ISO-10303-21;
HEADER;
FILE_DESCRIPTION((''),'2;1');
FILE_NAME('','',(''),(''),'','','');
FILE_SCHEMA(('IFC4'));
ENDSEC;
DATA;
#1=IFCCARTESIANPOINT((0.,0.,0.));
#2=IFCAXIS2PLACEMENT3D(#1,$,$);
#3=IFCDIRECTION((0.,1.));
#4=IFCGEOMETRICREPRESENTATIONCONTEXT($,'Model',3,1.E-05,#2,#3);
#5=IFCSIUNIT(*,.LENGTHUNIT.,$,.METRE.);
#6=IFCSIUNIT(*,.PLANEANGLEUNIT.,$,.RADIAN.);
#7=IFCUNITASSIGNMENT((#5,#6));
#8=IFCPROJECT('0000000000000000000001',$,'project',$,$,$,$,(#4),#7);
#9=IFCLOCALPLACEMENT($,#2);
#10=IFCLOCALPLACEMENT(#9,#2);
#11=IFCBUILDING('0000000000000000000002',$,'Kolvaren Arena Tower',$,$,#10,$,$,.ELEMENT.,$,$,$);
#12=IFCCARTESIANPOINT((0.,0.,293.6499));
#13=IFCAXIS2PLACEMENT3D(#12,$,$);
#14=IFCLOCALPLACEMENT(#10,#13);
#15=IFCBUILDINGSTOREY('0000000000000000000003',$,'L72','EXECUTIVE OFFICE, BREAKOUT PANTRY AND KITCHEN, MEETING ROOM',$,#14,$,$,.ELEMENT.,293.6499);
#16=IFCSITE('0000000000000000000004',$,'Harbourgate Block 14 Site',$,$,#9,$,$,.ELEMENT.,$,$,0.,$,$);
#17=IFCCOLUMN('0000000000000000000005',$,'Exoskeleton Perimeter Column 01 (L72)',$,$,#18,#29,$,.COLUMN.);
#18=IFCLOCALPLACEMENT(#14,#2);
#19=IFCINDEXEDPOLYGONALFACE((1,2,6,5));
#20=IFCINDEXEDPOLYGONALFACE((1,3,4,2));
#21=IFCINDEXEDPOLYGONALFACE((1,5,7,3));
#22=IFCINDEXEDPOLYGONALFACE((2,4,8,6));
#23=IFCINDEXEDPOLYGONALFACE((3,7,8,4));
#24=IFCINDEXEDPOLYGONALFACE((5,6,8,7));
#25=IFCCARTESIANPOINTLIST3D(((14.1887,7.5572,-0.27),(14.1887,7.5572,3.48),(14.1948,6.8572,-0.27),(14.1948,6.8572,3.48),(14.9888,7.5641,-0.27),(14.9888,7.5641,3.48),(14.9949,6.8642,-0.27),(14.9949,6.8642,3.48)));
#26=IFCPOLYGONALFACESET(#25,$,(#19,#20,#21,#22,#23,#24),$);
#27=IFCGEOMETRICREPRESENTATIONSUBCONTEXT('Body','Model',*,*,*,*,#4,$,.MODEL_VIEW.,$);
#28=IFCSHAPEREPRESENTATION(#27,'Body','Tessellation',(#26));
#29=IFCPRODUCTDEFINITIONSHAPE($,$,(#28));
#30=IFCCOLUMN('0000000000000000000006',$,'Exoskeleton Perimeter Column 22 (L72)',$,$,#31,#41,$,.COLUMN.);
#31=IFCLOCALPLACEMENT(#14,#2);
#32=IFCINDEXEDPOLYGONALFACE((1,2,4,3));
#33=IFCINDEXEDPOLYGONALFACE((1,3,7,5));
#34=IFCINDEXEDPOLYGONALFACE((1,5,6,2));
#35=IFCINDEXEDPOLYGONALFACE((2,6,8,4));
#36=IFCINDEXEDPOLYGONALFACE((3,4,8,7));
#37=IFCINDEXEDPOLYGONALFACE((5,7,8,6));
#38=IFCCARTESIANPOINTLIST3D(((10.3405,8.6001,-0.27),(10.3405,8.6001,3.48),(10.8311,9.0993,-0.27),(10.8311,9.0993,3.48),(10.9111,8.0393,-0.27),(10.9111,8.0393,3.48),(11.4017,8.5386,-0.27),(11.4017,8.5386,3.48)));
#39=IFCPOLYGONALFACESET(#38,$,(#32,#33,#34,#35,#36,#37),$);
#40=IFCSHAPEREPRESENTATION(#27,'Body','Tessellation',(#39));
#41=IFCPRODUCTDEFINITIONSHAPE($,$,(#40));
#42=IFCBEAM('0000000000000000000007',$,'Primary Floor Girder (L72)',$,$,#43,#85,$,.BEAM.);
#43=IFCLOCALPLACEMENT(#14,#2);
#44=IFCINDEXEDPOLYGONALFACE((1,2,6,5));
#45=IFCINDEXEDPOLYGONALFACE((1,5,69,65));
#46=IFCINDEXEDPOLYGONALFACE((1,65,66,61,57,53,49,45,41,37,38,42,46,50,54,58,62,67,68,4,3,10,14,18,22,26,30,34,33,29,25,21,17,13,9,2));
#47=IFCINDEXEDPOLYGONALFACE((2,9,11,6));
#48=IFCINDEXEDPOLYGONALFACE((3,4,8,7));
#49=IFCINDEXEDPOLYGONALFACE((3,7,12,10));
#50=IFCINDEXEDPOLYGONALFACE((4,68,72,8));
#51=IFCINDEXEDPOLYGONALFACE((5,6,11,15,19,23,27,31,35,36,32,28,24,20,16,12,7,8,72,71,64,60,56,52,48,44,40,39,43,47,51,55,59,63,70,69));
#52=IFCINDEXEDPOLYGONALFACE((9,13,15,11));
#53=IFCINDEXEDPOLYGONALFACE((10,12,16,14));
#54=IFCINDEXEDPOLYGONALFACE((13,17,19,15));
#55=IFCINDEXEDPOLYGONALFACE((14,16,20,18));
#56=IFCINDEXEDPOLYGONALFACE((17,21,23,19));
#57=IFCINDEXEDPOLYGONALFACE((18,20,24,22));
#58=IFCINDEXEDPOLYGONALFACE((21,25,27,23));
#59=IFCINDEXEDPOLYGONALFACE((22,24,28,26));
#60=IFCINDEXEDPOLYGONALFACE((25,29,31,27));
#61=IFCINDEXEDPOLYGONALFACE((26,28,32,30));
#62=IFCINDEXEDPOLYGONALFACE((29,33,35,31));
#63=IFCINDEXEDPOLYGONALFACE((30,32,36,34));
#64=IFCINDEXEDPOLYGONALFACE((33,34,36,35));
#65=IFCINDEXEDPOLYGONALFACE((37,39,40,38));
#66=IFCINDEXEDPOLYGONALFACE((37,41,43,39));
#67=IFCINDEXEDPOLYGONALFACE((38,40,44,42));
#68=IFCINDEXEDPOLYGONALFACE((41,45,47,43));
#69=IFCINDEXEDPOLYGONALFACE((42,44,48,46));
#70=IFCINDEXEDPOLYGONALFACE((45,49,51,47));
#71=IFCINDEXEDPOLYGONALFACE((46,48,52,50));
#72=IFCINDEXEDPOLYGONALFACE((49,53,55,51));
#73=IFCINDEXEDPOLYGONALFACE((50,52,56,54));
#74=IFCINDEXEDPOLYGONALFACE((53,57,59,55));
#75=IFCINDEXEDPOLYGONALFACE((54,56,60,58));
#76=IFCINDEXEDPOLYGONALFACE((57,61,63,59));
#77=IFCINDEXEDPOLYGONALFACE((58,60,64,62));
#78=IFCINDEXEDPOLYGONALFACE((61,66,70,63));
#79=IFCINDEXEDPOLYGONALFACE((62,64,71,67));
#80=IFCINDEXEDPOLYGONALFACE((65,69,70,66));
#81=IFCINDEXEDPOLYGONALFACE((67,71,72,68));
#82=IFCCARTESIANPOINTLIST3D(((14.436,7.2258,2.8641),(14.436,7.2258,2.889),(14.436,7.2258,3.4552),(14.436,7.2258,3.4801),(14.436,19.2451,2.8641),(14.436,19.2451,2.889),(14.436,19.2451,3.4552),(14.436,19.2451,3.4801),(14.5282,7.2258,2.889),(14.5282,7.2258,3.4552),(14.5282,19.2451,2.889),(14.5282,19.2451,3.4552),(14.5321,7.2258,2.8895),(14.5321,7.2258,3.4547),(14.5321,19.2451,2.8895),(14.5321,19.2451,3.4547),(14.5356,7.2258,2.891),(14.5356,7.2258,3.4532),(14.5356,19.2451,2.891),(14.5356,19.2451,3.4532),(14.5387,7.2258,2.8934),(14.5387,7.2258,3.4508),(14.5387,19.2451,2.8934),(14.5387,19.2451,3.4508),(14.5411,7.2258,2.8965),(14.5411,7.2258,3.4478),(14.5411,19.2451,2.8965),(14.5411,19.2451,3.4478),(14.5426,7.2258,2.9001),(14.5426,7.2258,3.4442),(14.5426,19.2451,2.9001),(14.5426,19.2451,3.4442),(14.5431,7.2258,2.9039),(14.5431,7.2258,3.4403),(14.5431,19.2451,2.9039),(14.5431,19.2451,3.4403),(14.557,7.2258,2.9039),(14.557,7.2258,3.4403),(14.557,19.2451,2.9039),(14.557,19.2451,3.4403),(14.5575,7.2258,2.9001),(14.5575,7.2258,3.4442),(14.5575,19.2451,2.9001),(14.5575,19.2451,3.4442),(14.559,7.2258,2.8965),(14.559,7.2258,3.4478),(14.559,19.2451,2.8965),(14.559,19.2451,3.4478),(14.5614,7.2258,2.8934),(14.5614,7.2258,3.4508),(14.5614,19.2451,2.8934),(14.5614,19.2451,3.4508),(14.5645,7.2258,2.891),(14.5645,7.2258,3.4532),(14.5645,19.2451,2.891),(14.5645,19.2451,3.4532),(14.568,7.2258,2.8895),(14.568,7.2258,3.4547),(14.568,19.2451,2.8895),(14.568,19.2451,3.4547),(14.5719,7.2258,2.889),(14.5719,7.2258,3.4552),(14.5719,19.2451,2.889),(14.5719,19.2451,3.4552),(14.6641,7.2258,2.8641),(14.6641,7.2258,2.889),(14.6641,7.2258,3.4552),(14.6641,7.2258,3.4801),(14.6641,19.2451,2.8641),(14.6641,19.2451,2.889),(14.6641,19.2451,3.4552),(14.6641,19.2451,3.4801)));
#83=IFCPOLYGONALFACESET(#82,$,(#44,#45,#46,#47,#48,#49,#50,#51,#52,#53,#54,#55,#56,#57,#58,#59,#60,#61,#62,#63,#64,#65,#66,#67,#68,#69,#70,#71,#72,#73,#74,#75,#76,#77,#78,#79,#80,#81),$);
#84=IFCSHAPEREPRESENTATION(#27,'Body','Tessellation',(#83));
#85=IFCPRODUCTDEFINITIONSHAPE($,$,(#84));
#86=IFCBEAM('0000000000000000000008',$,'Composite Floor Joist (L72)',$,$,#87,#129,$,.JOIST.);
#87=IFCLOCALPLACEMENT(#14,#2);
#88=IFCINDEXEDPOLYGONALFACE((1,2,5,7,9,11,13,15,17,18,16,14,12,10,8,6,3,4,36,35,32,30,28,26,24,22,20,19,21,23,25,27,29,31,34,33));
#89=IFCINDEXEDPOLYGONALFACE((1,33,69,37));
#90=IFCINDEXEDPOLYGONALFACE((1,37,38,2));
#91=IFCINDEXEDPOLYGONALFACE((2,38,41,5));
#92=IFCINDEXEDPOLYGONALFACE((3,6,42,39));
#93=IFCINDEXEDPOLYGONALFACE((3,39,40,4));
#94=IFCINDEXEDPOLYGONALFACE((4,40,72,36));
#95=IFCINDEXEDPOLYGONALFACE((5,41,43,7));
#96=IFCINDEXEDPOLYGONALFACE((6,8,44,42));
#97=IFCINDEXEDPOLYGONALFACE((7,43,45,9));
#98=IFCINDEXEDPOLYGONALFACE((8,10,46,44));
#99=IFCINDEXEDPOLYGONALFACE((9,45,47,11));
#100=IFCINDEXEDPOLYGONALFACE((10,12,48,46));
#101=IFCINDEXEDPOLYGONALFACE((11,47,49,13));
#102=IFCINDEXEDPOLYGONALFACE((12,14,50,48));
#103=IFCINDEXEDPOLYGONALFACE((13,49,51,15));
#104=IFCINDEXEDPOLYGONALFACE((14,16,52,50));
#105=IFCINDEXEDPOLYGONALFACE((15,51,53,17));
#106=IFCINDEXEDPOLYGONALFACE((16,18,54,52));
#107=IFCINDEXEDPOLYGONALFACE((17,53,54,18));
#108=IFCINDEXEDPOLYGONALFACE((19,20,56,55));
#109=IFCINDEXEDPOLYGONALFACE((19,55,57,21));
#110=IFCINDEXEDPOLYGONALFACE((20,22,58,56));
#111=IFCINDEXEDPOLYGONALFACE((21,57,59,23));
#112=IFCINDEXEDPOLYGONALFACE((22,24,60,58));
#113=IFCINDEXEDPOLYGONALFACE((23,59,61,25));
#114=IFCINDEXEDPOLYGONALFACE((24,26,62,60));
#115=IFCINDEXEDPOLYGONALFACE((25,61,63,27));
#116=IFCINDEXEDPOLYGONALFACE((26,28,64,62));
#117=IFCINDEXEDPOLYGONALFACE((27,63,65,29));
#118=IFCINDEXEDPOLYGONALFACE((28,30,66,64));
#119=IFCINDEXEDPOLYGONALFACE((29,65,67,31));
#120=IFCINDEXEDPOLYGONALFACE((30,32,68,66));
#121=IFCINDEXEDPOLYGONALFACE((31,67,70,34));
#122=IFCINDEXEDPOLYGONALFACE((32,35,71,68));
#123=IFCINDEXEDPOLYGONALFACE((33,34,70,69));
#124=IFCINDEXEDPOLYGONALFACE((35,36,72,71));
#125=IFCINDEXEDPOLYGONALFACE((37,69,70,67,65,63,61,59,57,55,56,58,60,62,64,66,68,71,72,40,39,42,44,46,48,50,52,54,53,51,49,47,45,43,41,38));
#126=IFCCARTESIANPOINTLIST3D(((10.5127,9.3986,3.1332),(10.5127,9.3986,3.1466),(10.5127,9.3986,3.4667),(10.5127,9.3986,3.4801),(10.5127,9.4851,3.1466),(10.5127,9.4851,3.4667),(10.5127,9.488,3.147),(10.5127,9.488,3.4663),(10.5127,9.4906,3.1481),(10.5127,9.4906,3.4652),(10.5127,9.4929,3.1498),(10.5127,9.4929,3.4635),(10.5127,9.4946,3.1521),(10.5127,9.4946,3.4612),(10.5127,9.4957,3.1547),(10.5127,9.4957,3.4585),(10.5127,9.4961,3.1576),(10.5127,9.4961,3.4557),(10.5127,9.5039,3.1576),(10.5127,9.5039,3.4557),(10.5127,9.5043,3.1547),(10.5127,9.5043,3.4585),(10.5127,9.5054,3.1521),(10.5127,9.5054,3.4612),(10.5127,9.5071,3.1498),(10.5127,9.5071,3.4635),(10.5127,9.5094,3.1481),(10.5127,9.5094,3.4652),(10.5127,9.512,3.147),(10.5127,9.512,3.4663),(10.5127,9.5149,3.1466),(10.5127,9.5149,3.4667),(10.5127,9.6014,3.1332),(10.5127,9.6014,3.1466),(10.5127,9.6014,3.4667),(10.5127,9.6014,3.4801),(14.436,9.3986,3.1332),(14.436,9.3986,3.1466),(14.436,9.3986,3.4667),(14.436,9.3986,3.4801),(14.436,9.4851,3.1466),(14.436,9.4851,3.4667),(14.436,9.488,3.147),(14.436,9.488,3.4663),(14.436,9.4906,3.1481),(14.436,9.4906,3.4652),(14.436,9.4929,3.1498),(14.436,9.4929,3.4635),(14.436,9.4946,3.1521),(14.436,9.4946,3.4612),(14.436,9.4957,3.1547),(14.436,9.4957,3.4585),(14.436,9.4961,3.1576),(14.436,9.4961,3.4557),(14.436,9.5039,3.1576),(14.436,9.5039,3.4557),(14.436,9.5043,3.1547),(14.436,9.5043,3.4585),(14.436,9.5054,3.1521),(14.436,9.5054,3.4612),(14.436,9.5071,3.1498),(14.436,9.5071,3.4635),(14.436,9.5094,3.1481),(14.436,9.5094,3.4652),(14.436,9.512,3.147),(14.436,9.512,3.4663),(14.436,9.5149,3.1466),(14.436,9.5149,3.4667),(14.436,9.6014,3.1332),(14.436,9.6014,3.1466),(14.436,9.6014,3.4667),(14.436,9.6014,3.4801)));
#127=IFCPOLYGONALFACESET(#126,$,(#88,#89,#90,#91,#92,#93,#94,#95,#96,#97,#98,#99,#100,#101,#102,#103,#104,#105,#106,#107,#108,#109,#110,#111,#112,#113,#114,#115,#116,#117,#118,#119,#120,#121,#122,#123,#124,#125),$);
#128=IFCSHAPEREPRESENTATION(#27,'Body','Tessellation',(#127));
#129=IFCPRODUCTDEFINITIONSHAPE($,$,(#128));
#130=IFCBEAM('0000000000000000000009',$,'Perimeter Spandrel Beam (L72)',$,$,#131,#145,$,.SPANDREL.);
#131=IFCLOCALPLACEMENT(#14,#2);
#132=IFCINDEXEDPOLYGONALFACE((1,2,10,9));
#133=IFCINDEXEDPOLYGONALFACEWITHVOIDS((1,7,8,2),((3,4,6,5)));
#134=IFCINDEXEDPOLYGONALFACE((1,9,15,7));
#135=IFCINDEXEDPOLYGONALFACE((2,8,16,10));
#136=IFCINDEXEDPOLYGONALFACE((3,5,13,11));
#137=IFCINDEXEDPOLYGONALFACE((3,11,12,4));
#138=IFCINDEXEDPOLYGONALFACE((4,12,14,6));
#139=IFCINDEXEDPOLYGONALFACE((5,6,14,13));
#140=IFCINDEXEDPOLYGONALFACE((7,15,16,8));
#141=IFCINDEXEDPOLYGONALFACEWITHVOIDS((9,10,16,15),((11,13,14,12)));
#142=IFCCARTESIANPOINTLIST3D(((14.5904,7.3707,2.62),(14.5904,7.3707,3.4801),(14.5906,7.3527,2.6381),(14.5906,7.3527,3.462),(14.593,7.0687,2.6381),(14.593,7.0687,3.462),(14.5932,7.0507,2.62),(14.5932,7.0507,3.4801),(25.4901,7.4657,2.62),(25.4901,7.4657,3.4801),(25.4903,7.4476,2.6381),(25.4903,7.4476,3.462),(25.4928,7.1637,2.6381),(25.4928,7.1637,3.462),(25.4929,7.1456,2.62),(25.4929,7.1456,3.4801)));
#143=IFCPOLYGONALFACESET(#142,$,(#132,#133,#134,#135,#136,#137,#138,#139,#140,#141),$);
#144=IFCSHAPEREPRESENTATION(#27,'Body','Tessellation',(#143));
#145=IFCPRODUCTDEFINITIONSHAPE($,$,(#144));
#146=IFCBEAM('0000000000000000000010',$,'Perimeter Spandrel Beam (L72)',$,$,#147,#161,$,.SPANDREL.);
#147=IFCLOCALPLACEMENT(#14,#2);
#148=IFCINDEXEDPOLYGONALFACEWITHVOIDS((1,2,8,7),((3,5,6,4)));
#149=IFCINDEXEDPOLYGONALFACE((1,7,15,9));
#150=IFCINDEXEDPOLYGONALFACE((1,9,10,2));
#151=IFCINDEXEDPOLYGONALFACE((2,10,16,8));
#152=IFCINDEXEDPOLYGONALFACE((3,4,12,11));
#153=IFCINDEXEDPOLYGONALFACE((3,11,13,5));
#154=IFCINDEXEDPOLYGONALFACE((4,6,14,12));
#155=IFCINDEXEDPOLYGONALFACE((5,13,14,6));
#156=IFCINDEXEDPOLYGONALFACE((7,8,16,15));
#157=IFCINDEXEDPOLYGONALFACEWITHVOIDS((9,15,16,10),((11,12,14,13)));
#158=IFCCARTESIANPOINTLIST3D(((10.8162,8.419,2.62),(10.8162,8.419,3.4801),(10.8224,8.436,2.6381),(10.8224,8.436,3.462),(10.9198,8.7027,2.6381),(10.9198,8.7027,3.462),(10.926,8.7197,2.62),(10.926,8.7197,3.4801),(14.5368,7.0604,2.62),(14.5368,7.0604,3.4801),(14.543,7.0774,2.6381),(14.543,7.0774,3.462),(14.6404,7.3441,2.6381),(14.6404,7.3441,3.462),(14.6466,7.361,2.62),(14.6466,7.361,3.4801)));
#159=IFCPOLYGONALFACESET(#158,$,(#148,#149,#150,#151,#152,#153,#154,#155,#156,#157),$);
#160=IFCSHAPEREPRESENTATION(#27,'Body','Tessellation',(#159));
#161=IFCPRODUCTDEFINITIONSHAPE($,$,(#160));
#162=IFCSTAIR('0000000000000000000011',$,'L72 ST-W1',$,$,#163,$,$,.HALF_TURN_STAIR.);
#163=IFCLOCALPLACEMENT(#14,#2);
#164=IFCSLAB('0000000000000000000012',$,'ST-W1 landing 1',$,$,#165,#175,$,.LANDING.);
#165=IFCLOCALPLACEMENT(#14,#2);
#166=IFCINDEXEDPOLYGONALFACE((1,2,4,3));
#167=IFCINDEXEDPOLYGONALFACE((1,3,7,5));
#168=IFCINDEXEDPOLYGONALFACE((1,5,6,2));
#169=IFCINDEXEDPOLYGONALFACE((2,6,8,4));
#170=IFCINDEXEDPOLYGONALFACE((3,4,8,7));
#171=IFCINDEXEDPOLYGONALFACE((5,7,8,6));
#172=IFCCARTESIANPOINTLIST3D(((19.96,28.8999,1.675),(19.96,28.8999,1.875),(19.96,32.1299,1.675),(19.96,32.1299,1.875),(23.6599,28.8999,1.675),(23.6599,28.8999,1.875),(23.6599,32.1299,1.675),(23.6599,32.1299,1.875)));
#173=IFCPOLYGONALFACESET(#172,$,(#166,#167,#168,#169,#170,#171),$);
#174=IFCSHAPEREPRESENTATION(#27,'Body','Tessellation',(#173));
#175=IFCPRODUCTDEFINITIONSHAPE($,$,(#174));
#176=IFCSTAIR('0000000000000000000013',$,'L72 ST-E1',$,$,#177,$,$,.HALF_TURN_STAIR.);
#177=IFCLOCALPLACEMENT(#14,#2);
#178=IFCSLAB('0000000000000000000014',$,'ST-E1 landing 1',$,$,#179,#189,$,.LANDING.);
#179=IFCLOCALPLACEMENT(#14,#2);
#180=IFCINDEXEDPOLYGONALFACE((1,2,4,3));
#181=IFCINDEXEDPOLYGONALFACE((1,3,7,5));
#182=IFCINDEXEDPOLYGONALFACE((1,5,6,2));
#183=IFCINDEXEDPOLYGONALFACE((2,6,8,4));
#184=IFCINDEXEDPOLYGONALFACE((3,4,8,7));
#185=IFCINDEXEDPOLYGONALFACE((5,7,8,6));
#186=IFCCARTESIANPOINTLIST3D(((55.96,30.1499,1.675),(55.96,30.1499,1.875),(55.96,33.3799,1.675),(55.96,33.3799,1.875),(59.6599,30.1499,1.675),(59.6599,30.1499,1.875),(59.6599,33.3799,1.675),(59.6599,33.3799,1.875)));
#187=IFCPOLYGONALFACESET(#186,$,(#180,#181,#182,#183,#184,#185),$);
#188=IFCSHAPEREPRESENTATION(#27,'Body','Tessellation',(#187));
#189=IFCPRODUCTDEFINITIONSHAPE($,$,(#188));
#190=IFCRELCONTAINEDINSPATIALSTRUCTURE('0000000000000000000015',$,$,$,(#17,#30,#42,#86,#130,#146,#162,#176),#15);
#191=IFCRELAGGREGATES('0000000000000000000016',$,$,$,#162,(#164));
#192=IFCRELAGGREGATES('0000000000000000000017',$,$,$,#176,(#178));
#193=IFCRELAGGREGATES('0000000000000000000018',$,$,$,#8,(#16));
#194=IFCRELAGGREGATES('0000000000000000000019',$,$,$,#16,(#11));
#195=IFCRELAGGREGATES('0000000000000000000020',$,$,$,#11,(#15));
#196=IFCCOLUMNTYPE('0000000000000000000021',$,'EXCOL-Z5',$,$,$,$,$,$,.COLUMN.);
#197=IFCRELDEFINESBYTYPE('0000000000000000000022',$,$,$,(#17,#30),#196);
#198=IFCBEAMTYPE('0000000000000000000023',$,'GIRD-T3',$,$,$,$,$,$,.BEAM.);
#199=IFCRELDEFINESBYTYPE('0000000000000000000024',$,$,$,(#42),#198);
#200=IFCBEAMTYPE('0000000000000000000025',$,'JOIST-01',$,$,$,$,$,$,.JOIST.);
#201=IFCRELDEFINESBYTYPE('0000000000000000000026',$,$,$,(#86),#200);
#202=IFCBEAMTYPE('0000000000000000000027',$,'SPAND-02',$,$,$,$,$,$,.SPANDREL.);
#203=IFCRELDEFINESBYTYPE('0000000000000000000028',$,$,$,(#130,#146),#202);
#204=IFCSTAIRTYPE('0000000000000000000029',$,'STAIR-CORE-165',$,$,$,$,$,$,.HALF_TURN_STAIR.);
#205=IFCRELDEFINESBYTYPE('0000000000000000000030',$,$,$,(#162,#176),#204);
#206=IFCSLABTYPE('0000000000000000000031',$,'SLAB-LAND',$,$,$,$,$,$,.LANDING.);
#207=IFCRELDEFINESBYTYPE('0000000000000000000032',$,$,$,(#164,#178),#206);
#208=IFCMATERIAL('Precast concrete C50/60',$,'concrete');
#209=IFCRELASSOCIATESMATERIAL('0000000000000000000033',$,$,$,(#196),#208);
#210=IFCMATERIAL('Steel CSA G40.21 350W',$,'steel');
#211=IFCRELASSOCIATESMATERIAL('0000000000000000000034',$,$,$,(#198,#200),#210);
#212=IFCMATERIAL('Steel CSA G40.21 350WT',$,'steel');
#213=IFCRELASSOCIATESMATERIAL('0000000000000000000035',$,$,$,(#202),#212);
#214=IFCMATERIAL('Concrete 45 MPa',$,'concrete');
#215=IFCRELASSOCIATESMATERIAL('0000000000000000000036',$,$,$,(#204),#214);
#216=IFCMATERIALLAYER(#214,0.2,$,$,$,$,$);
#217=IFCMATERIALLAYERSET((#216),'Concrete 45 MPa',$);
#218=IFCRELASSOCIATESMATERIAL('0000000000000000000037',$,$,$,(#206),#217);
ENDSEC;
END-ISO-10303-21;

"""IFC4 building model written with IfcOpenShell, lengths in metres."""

from ifc_helpers import new_model, si_unit, direction, frame, origin, origin_2d, place, context, subcontext, project, spatial, polyline, rectangle, hollow_rectangle, i_section, outline, extrude, material, layer, layer_set, material_profile, profile_set, type_object, element, aggregate, save


model = new_model("IFC4")

# Units and contexts
model_context = context("Model", 3, precision=1e-05, world=origin(), true_north=direction((0.0, 1.0)))
body_context = subcontext(model_context, "Body", "Model", "MODEL_VIEW")
ifc_project = project(units=[si_unit("LENGTHUNIT", "METRE"), si_unit("PLANEANGLEUNIT", "RADIAN")], contexts=[model_context])

# Site, building, storey
site_placement = place(None, origin())
site = spatial("IfcSite", under=ifc_project, at=site_placement, Name="Harbourgate Block 14 Site", CompositionType="ELEMENT", RefElevation=0.0)
building_placement = place(site_placement, origin())
building = spatial("IfcBuilding", under=site, at=building_placement, Name="Kolvaren Arena Tower", CompositionType="ELEMENT")
storey_placement = place(building_placement, frame((0.0, 0.0, 293.6499)))
storey = spatial("IfcBuildingStorey", under=building, at=storey_placement, Name="L72", Description="EXECUTIVE OFFICE, BREAKOUT PANTRY AND KITCHEN, MEETING ROOM", CompositionType="ELEMENT", Elevation=293.6499)

# Columns
ifc_material_1 = material(Name="Precast concrete C50/60", Category="concrete")
ifc_material_profile_1 = material_profile(ifc_material_1, rectangle(XDim=0.8, YDim=0.7, at=origin_2d()), Name="RC-800x700")
ifc_profile_set_1 = profile_set([ifc_material_profile_1], Name="Precast concrete C50/60")
column_type = type_object("IfcColumnType", Name="EXCOL-Z5", PredefinedType="COLUMN", material=ifc_profile_set_1)
for number, where, z_axis, x_axis, name in (
    (1, (14.5918, 7.2107, -0.27), (0.0, 0.0, 1.0), (0.999962, 0.008727, 0.0), "Exoskeleton Perimeter Column 01 (L72)"),
    (2, (10.8711, 8.5693, -0.27), (0.0, 0.0, 1.0), (-0.71325, 0.700909, 0.0), "Exoskeleton Perimeter Column 22 (L72)"),
):
    element("IfcColumn", number, at=place(storey_placement, frame(where, z_axis=z_axis, x_axis=x_axis)), inside=storey, type_object=column_type, Name=name, PredefinedType="COLUMN", context=body_context, shape_type="SweptSolid", body=[
        extrude(rectangle(XDim=0.8, YDim=0.7, at=origin_2d()), origin(), (0.0, 0.0, 1.0), 3.75),
    ])

# Beams
ifc_material_2 = material(Name="Steel CSA G40.21 350W", Category="steel")
ifc_material_profile_2 = material_profile(ifc_material_2, i_section(OverallWidth=0.228, OverallDepth=0.616, WebThickness=0.0139, FlangeThickness=0.0249, FilletRadius=0.0149, at=origin_2d()), Name="W610x174")
ifc_profile_set_2 = profile_set([ifc_material_profile_2], Name="Steel CSA G40.21 350W")
beam_type_1 = type_object("IfcBeamType", Name="GIRD-T3", PredefinedType="BEAM", material=ifc_profile_set_2)
beam_1_placement = place(storey_placement, frame((14.55, 7.2258, 3.1721), z_axis=(0.0, 1.0, 0.0), x_axis=(-1.0, 0.0, 0.0)))
element("IfcBeam", 3, at=beam_1_placement, inside=storey, type_object=beam_type_1, Name="Primary Floor Girder (L72)", PredefinedType="BEAM", context=body_context, shape_type="SweptSolid", body=[
    extrude(i_section(OverallWidth=0.228, OverallDepth=0.616, WebThickness=0.0139, FlangeThickness=0.0249, FilletRadius=0.0149, at=origin_2d()), origin(), (0.0, 0.0, 1.0), 12.0193),
])
ifc_material_profile_3 = material_profile(ifc_material_2, i_section(OverallWidth=0.2029, OverallDepth=0.3469, WebThickness=0.0078, FlangeThickness=0.0134, FilletRadius=0.011, at=origin_2d()), Name="W360x64")
ifc_profile_set_3 = profile_set([ifc_material_profile_3], Name="Steel CSA G40.21 350W")
beam_type_2 = type_object("IfcBeamType", Name="JOIST-01", PredefinedType="JOIST", material=ifc_profile_set_3)
beam_2_placement = place(storey_placement, frame((10.5127, 9.5, 3.3066), z_axis=(1.0, 0.0, 0.0), x_axis=(0.0, 1.0, 0.0)))
element("IfcBeam", 4, at=beam_2_placement, inside=storey, type_object=beam_type_2, Name="Composite Floor Joist (L72)", PredefinedType="JOIST", context=body_context, shape_type="SweptSolid", body=[
    extrude(i_section(OverallWidth=0.2029, OverallDepth=0.3469, WebThickness=0.0078, FlangeThickness=0.0134, FilletRadius=0.011, at=origin_2d()), origin(), (0.0, 0.0, 1.0), 3.9233),
])
ifc_material_3 = material(Name="Steel CSA G40.21 350WT", Category="steel")
ifc_material_profile_4 = material_profile(ifc_material_3, hollow_rectangle(XDim=0.3201, YDim=0.8601, WallThickness=0.0181, at=origin_2d()), Name="HSS 860x320x18")
ifc_profile_set_4 = profile_set([ifc_material_profile_4], Name="Steel CSA G40.21 350WT")
beam_type_3 = type_object("IfcBeamType", Name="SPAND-02", PredefinedType="SPANDREL", material=ifc_profile_set_4)
beam_3_placement = place(storey_placement, frame((14.5918, 7.2107, 3.05), z_axis=(0.999962, 0.008713, 0.0), x_axis=(-0.008713, 0.999962, 0.0)))
element("IfcBeam", 5, at=beam_3_placement, inside=storey, type_object=beam_type_3, Name="Perimeter Spandrel Beam (L72)", PredefinedType="SPANDREL", context=body_context, shape_type="SweptSolid", body=[
    extrude(hollow_rectangle(XDim=0.3201, YDim=0.8601, WallThickness=0.0181, at=origin_2d()), origin(), (0.0, 0.0, 1.0), 10.9001),
])
beam_4_placement = place(storey_placement, frame((10.8711, 8.5693, 3.05), z_axis=(0.939334, -0.343005, 0.0), x_axis=(0.343005, 0.939334, 0.0)))
element("IfcBeam", 6, at=beam_4_placement, inside=storey, type_object=beam_type_3, Name="Perimeter Spandrel Beam (L72)", PredefinedType="SPANDREL", context=body_context, shape_type="SweptSolid", body=[
    extrude(hollow_rectangle(XDim=0.3201, YDim=0.8601, WallThickness=0.0181, at=origin_2d()), origin(), (0.0, 0.0, 1.0), 3.9609),
])

# Stairs, slabs
ifc_material_4 = material(Name="Concrete 45 MPa", Category="concrete")
stair_type_1 = type_object("IfcStairType", Name="STAIR-CORE-165", PredefinedType="HALF_TURN_STAIR", material=ifc_material_4)
stair_1_placement = place(storey_placement, origin())
stair_1 = element("IfcStair", 7, at=stair_1_placement, inside=storey, type_object=stair_type_1, Name="L72 ST-W1", PredefinedType="HALF_TURN_STAIR")
ifc_layer_1 = layer(ifc_material_4, 0.2)
ifc_layer_set_1 = layer_set([ifc_layer_1], Name="Concrete 45 MPa")
slab_type_1 = type_object("IfcSlabType", Name="SLAB-LAND", PredefinedType="LANDING", material=ifc_layer_set_1)
slab_1_placement = place(storey_placement, frame((0.0, 0.0, 1.675)))
slab_1 = element("IfcSlab", 8, at=slab_1_placement, type_object=slab_type_1, Name="ST-W1 landing 1", PredefinedType="LANDING", context=body_context, shape_type="SweptSolid", body=[
    extrude(outline(polyline([(19.96, 28.8999), (23.6599, 28.8999), (23.6599, 32.1299), (19.96, 32.1299), (19.96, 28.8999)])), origin(), (0.0, 0.0, 1.0), 0.2),
])
aggregate(stair_1, [slab_1])
stair_2_placement = place(storey_placement, origin())
stair_2 = element("IfcStair", 9, at=stair_2_placement, inside=storey, type_object=stair_type_1, Name="L72 ST-E1", PredefinedType="HALF_TURN_STAIR")
slab_2_placement = place(storey_placement, frame((0.0, 0.0, 1.675)))
slab_2 = element("IfcSlab", 10, at=slab_2_placement, type_object=slab_type_1, Name="ST-E1 landing 1", PredefinedType="LANDING", context=body_context, shape_type="SweptSolid", body=[
    extrude(outline(polyline([(55.96, 30.1499), (59.6599, 30.1499), (59.6599, 33.3799), (55.96, 33.3799), (55.96, 30.1499)])), origin(), (0.0, 0.0, 1.0), 0.2),
])
aggregate(stair_2, [slab_2])

save(model, "model.ifc")
